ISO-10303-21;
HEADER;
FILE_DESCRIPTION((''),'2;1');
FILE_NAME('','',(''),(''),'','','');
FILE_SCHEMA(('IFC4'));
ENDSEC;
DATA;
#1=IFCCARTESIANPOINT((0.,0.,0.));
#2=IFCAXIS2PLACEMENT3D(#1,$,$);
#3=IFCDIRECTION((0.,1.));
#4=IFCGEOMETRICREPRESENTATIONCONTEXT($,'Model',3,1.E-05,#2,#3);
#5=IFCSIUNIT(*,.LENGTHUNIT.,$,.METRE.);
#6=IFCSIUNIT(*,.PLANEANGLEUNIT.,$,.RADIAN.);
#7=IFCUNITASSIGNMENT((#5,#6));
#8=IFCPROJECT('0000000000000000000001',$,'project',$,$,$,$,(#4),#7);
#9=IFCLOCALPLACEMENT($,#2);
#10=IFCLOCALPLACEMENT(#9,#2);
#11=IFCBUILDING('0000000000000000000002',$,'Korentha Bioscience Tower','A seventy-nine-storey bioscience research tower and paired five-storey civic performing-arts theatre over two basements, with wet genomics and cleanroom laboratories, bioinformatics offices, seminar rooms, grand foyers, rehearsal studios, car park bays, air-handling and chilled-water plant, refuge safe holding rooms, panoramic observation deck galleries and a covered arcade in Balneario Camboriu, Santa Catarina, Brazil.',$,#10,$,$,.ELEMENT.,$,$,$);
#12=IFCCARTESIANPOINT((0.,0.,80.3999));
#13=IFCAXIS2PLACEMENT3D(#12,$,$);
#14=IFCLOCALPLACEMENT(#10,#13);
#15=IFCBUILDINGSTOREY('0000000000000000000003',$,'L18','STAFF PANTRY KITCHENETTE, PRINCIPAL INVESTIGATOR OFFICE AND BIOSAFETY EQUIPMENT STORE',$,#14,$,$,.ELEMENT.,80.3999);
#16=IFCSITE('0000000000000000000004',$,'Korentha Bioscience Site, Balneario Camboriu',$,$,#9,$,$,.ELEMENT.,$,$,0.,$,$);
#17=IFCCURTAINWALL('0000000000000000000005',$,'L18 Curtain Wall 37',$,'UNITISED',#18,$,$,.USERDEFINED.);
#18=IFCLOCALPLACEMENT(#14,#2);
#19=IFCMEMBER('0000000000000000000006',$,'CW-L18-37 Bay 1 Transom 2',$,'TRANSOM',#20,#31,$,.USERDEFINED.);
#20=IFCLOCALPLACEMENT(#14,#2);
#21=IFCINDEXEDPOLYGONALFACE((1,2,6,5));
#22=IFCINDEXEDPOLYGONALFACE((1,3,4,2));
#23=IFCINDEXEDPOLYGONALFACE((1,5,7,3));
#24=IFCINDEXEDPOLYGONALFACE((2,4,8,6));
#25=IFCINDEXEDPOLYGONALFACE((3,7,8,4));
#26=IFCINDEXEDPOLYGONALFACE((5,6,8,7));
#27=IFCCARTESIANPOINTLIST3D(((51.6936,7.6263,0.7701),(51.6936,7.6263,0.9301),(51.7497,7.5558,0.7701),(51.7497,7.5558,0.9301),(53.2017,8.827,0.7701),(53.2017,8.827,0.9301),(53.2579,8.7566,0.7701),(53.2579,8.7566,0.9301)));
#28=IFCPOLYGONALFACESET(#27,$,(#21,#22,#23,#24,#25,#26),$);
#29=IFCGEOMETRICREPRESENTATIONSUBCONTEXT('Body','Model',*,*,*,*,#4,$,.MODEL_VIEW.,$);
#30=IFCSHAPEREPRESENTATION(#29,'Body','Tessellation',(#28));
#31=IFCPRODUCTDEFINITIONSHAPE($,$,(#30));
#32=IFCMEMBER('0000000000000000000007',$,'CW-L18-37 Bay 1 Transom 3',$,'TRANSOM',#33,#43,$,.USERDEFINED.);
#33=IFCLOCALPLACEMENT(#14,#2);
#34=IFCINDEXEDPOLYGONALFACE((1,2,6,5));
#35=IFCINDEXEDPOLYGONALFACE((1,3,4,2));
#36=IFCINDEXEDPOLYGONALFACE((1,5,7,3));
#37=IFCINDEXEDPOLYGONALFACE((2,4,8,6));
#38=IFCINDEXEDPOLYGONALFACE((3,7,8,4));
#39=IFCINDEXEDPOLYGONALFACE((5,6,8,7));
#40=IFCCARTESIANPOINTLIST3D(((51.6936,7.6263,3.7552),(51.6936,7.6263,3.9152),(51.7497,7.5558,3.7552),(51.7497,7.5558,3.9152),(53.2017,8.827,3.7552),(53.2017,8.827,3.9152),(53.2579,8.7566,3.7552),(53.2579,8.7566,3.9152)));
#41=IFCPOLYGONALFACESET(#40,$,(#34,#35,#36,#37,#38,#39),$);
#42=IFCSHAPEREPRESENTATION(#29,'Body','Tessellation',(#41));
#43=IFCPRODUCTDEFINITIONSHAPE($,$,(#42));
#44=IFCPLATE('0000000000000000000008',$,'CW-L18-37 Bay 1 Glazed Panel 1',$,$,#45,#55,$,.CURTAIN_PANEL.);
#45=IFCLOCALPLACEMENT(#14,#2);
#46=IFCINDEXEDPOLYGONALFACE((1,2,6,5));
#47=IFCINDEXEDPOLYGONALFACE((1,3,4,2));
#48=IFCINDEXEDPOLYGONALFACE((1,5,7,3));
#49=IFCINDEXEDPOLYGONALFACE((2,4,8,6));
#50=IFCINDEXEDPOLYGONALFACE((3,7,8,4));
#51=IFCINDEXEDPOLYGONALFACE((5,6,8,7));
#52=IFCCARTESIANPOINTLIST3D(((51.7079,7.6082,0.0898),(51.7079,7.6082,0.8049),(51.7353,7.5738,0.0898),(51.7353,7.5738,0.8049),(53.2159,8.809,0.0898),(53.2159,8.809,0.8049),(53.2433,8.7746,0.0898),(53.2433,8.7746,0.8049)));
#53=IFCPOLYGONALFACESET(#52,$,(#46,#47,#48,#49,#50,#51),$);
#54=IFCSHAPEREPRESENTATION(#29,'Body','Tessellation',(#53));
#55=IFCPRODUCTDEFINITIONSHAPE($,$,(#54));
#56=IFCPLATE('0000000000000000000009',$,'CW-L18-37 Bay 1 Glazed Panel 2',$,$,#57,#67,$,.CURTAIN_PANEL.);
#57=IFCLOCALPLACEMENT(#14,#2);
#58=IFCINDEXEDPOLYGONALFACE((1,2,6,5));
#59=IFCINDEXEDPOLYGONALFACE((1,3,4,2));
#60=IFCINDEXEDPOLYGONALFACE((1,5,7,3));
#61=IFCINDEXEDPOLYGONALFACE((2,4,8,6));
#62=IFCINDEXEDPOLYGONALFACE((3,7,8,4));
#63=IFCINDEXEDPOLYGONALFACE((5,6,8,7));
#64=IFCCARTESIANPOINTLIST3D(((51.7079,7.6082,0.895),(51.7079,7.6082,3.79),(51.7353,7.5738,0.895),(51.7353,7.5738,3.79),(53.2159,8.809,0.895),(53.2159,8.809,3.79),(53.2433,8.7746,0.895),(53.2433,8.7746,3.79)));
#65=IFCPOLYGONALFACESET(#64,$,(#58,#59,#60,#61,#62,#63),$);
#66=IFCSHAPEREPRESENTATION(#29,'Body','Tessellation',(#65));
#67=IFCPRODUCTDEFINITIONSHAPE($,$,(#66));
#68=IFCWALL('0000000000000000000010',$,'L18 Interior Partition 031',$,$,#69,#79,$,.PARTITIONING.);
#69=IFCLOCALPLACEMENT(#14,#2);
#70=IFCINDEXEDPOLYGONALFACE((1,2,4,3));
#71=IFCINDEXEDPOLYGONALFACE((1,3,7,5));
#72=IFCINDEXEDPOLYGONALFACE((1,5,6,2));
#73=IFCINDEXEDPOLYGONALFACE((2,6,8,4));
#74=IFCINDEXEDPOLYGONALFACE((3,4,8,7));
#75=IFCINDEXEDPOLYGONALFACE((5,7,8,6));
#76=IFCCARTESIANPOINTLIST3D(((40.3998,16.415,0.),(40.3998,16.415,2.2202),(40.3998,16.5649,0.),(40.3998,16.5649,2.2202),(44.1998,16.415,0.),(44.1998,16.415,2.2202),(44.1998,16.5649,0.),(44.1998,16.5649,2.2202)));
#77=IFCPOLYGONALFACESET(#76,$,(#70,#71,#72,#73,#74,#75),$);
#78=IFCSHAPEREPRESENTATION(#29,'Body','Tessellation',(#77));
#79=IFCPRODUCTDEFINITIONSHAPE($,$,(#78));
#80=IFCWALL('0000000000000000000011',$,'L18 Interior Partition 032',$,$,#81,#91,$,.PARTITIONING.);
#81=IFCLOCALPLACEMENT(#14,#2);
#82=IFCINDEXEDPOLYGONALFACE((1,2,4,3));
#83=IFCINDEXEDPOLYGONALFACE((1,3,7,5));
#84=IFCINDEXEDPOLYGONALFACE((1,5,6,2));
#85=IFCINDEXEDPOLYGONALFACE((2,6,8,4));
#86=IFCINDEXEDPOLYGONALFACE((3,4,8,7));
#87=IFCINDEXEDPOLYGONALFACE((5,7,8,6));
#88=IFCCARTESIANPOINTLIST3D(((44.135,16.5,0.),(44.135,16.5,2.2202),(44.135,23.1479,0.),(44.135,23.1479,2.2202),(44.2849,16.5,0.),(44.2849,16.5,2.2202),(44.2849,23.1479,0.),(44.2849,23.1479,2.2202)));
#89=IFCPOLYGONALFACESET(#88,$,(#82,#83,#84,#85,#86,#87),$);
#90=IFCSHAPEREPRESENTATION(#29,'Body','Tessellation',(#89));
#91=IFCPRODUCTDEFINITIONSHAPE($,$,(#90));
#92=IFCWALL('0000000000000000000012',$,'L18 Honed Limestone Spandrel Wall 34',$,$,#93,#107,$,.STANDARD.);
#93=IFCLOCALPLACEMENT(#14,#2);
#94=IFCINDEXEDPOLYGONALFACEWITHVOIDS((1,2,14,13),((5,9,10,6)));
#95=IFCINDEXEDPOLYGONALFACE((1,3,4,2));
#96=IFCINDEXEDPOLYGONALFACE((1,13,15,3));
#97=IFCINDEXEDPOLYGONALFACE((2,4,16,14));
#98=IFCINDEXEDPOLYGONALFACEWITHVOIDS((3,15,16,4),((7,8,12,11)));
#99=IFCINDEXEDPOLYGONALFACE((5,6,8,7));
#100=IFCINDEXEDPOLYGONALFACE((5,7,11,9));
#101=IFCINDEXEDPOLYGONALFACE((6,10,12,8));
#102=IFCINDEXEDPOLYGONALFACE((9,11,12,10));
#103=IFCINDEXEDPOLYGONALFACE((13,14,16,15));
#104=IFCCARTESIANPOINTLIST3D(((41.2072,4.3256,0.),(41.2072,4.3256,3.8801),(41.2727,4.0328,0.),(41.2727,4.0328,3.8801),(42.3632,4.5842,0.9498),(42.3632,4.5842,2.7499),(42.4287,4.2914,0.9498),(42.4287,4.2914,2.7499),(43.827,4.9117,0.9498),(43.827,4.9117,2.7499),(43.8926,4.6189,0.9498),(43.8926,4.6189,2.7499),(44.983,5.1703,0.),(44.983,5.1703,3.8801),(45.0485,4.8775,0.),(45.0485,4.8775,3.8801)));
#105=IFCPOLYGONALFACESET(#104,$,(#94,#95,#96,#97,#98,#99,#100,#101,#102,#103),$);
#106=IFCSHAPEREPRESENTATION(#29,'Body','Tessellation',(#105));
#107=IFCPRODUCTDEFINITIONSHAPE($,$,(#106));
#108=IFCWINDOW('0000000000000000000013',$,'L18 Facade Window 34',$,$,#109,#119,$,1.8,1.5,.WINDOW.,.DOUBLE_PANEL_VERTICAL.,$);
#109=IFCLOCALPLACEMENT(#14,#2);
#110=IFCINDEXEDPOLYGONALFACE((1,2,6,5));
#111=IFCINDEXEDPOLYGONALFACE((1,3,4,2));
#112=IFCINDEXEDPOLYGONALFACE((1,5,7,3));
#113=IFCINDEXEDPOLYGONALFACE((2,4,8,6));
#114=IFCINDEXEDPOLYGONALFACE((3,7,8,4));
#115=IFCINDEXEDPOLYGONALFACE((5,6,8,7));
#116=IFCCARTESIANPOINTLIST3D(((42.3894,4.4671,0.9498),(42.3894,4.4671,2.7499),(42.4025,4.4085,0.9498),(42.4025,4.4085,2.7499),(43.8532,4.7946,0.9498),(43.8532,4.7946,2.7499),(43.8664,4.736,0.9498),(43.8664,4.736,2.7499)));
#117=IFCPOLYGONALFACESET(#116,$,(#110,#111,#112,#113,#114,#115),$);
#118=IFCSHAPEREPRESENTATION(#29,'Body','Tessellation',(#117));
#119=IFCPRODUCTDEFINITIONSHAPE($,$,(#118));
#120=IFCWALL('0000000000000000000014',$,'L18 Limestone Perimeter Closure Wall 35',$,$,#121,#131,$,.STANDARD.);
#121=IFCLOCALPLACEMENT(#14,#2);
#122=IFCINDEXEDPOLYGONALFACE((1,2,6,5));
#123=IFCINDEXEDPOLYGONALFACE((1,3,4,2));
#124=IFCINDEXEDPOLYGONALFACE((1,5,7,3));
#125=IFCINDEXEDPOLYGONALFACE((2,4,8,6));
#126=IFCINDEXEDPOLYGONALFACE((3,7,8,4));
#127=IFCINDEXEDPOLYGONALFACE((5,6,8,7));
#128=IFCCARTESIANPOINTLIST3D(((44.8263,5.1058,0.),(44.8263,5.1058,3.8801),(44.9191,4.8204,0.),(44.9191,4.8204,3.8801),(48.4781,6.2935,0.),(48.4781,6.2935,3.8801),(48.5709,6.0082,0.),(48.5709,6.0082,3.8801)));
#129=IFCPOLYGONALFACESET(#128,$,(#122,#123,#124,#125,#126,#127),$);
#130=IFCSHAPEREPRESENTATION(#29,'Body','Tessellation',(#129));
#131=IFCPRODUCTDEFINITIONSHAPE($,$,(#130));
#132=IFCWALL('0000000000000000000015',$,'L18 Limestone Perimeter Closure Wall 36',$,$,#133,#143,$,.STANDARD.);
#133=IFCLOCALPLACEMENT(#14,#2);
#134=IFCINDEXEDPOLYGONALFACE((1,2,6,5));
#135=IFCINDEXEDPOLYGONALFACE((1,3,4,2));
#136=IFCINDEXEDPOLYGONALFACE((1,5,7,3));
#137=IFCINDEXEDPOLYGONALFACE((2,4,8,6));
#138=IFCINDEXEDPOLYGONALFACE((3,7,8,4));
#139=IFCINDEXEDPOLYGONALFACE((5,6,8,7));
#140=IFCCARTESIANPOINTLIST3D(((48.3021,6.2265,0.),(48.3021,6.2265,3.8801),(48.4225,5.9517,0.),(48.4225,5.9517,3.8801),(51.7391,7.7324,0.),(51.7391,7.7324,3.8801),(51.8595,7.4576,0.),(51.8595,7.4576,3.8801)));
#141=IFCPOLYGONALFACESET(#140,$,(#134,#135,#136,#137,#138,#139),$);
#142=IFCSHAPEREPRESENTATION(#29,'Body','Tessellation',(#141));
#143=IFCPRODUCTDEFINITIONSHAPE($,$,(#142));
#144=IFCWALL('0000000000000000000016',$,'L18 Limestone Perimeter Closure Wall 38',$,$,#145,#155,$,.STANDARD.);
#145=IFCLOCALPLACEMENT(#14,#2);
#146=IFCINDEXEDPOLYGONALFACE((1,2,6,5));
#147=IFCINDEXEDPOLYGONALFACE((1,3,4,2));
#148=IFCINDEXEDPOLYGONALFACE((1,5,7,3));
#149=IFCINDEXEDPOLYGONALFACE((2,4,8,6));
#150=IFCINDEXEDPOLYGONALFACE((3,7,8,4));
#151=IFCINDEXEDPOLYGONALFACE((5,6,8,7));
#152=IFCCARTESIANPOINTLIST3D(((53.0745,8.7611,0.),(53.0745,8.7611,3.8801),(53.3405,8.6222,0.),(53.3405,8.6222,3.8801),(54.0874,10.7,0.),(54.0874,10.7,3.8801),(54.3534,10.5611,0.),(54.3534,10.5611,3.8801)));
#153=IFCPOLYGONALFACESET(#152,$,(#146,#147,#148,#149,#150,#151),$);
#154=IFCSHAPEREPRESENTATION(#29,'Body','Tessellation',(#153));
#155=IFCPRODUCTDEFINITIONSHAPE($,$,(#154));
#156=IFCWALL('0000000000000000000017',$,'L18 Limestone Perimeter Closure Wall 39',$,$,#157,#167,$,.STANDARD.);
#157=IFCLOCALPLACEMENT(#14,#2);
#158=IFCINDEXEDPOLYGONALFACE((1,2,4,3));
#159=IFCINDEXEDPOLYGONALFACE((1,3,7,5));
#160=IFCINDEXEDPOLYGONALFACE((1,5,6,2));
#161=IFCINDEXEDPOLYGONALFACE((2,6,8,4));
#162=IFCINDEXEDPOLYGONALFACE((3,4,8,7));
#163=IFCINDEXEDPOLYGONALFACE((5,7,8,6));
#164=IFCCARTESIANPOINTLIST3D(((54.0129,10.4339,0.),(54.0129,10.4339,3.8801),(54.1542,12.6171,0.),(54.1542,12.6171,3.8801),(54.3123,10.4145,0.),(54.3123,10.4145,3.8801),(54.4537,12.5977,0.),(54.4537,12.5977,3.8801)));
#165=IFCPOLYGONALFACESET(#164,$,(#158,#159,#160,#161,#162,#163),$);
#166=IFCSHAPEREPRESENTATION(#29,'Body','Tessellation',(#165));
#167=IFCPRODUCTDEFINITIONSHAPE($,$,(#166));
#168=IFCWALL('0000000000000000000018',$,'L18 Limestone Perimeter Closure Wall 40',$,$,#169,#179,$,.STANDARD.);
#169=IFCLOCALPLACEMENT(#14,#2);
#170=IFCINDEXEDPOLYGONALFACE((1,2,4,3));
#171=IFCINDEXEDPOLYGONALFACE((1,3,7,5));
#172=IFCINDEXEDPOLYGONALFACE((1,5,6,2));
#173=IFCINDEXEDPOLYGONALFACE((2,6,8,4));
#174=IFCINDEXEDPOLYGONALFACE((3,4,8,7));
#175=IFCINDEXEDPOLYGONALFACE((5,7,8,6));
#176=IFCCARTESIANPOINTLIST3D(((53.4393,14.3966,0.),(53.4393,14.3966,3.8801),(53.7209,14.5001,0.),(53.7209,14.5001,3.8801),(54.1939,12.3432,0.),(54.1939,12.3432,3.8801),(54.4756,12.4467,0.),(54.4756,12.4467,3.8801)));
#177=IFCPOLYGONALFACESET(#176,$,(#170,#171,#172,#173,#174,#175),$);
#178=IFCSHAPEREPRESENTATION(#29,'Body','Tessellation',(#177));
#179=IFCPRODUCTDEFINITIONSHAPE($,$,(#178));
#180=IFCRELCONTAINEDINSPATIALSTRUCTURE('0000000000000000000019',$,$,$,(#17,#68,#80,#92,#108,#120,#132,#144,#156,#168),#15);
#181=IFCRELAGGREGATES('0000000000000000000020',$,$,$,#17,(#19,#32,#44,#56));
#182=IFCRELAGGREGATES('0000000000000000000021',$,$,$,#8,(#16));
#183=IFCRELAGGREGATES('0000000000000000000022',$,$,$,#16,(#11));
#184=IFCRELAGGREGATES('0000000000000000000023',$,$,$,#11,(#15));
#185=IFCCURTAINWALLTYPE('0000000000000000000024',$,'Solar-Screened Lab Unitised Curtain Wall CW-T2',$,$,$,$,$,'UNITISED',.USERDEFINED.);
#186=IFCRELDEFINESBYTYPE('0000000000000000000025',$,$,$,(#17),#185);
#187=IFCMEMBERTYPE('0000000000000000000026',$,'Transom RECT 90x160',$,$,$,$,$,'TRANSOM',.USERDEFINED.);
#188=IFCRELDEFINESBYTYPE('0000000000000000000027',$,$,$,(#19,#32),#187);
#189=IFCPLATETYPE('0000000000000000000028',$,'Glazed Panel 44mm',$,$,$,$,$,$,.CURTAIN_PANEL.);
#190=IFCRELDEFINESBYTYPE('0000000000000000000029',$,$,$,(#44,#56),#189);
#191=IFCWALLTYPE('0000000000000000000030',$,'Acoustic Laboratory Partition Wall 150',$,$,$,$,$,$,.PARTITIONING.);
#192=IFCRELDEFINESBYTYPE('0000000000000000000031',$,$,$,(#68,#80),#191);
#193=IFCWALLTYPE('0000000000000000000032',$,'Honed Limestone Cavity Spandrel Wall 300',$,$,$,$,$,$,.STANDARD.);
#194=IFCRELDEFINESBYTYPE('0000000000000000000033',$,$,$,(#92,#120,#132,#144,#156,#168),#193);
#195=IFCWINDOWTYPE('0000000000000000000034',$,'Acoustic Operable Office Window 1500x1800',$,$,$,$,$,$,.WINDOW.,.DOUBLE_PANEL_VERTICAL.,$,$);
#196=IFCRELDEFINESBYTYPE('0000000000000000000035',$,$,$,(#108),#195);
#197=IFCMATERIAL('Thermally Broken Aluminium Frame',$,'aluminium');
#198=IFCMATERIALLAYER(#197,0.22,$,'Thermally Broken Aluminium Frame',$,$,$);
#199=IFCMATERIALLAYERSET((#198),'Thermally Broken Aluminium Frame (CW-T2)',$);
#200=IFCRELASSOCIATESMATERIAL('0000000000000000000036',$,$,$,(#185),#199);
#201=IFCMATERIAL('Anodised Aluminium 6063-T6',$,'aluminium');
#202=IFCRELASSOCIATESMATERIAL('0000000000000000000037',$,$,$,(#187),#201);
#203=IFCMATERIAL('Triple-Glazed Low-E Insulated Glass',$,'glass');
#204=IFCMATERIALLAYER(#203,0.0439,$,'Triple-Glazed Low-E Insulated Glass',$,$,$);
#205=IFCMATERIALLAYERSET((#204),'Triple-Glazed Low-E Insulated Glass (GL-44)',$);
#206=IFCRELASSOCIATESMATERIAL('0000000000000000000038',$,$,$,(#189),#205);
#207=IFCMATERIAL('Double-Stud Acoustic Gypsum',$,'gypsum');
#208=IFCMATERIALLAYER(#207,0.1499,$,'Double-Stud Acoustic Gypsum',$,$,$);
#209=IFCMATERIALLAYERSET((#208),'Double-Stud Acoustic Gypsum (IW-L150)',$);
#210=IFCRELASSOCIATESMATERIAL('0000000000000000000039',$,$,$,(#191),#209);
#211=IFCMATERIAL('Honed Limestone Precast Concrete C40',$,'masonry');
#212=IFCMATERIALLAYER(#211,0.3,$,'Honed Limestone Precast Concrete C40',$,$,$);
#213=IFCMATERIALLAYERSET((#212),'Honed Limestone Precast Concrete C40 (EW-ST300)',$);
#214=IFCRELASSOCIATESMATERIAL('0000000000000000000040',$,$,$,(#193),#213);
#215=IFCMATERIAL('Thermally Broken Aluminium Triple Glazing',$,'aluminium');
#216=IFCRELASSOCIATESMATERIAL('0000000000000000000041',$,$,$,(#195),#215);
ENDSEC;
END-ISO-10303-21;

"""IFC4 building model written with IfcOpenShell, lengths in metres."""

from ifc_helpers import new_model, si_unit, direction, frame, frame_2d, origin, origin_2d, place, context, subcontext, project, spatial, rectangle, extrude, material, layer, layer_set, material_profile, profile_set, type_object, element, fill, aggregate, save


model = new_model("IFC4")

# Units and contexts
model_context = context("Model", 3, precision=1e-05, world=origin(), true_north=direction((0.0, 1.0)))
body_context = subcontext(model_context, "Body", "Model", "MODEL_VIEW")
ifc_project = project(units=[si_unit("LENGTHUNIT", "METRE"), si_unit("PLANEANGLEUNIT", "RADIAN")], contexts=[model_context])

# Site, building, storey
site_placement = place(None, origin())
site = spatial("IfcSite", under=ifc_project, at=site_placement, Name="Korentha Bioscience Site, Balneario Camboriu", CompositionType="ELEMENT", RefElevation=0.0)
building_placement = place(site_placement, origin())
building = spatial("IfcBuilding", under=site, at=building_placement, Name="Korentha Bioscience Tower", Description="A seventy-nine-storey bioscience research tower and paired five-storey civic performing-arts theatre over two basements, with wet genomics and cleanroom laboratories, bioinformatics offices, seminar rooms, grand foyers, rehearsal studios, car park bays, air-handling and chilled-water plant, refuge safe holding rooms, panoramic observation deck galleries and a covered arcade in Balneario Camboriu, Santa Catarina, Brazil.", CompositionType="ELEMENT")
storey_placement = place(building_placement, frame((0.0, 0.0, 80.3999)))
storey = spatial("IfcBuildingStorey", under=building, at=storey_placement, Name="L18", Description="STAFF PANTRY KITCHENETTE, PRINCIPAL INVESTIGATOR OFFICE AND BIOSAFETY EQUIPMENT STORE", CompositionType="ELEMENT", Elevation=80.3999)

# Curtain wall
ifc_material_1 = material(Name="Thermally Broken Aluminium Frame", Category="aluminium")
ifc_layer_1 = layer(ifc_material_1, 0.22, Name="Thermally Broken Aluminium Frame")
ifc_layer_set_1 = layer_set([ifc_layer_1], Name="Thermally Broken Aluminium Frame (CW-T2)")
curtain_wall_type = type_object("IfcCurtainWallType", Name="Solar-Screened Lab Unitised Curtain Wall CW-T2", ElementType="UNITISED", PredefinedType="USERDEFINED", material=ifc_layer_set_1)
curtain_wall_1_placement = place(storey_placement, origin())
curtain_wall_1 = element("IfcCurtainWall", 1, at=curtain_wall_1_placement, inside=storey, type_object=curtain_wall_type, Name="L18 Curtain Wall 37", ObjectType="UNITISED", PredefinedType="USERDEFINED")
ifc_material_2 = material(Name="Anodised Aluminium 6063-T6", Category="aluminium")

# Members
ifc_material_profile_1 = material_profile(ifc_material_2, rectangle(XDim=0.0901, YDim=0.1599, at=origin_2d()), Name="Anodised Aluminium 6063-T6")
ifc_profile_set_1 = profile_set([ifc_material_profile_1], Name="Anodised Aluminium 6063-T6 (CW-TRN)")
member_type_1 = type_object("IfcMemberType", Name="Transom RECT 90x160", ElementType="TRANSOM", PredefinedType="USERDEFINED", material=ifc_profile_set_1)
member_1_placement = place(storey_placement, frame((51.7217, 7.5911, 0.8501), z_axis=(0.782325, 0.622871, 0.0), x_axis=(-0.622871, 0.782325, 0.0)))
member_1 = element("IfcMember", 2, at=member_1_placement, type_object=member_type_1, Name="CW-L18-37 Bay 1 Transom 2", ObjectType="TRANSOM", PredefinedType="USERDEFINED", context=body_context, shape_type="SweptSolid", body=[
    extrude(rectangle(XDim=0.0901, YDim=0.1599, at=origin_2d()), origin(), (0.0, 0.0, 1.0), 1.9277),
])
member_2_placement = place(storey_placement, frame((51.7217, 7.5911, 3.8352), z_axis=(0.782325, 0.622871, 0.0), x_axis=(-0.622871, 0.782325, 0.0)))
member_2 = element("IfcMember", 3, at=member_2_placement, type_object=member_type_1, Name="CW-L18-37 Bay 1 Transom 3", ObjectType="TRANSOM", PredefinedType="USERDEFINED", context=body_context, shape_type="SweptSolid", body=[
    extrude(rectangle(XDim=0.0901, YDim=0.1599, at=origin_2d()), origin(), (0.0, 0.0, 1.0), 1.9277),
])

# Plates
ifc_material_3 = material(Name="Triple-Glazed Low-E Insulated Glass", Category="glass")
ifc_layer_2 = layer(ifc_material_3, 0.0439, Name="Triple-Glazed Low-E Insulated Glass")
ifc_layer_set_2 = layer_set([ifc_layer_2], Name="Triple-Glazed Low-E Insulated Glass (GL-44)")
plate_type = type_object("IfcPlateType", Name="Glazed Panel 44mm", PredefinedType="CURTAIN_PANEL", material=ifc_layer_set_2)
plate_1_placement = place(storey_placement, frame((52.4756, 8.1914, 0.0898), z_axis=(0.0, 0.0, 1.0), x_axis=(0.782288, 0.622917, 0.0)))
plate_1 = element("IfcPlate", 4, at=plate_1_placement, type_object=plate_type, Name="CW-L18-37 Bay 1 Glazed Panel 1", PredefinedType="CURTAIN_PANEL", context=body_context, shape_type="SweptSolid", body=[
    extrude(rectangle(XDim=1.9277, YDim=0.0439, at=origin_2d()), origin(), (0.0, 0.0, 1.0), 0.7151),
])
plate_2_placement = place(storey_placement, frame((52.4756, 8.1914, 0.895), z_axis=(0.0, 0.0, 1.0), x_axis=(0.782288, 0.622917, 0.0)))
plate_2 = element("IfcPlate", 5, at=plate_2_placement, type_object=plate_type, Name="CW-L18-37 Bay 1 Glazed Panel 2", PredefinedType="CURTAIN_PANEL", context=body_context, shape_type="SweptSolid", body=[
    extrude(rectangle(XDim=1.9277, YDim=0.0439, at=origin_2d()), origin(), (0.0, 0.0, 1.0), 2.895),
])
aggregate(curtain_wall_1, [member_1, member_2, plate_1, plate_2])

# Walls
ifc_material_4 = material(Name="Double-Stud Acoustic Gypsum", Category="gypsum")
ifc_layer_3 = layer(ifc_material_4, 0.1499, Name="Double-Stud Acoustic Gypsum")
ifc_layer_set_3 = layer_set([ifc_layer_3], Name="Double-Stud Acoustic Gypsum (IW-L150)")
wall_type_1 = type_object("IfcWallType", Name="Acoustic Laboratory Partition Wall 150", PredefinedType="PARTITIONING", material=ifc_layer_set_3)
wall_1_placement = place(storey_placement, frame((40.3999, 16.49, 0.0), z_axis=(0.0, 0.0, 1.0), x_axis=(1.0, 0.0, 0.0)))
element("IfcWall", 6, at=wall_1_placement, inside=storey, type_object=wall_type_1, Name="L18 Interior Partition 031", PredefinedType="PARTITIONING", context=body_context, shape_type="SweptSolid", body=[
    extrude(rectangle(XDim=3.8, YDim=0.1499, at=frame_2d((1.8999, 0.0))), origin(), (0.0, 0.0, 1.0), 2.2202),
])
wall_2_placement = place(storey_placement, frame((44.21, 16.5, 0.0), z_axis=(0.0, 0.0, 1.0), x_axis=(0.0, 1.0, 0.0)))
element("IfcWall", 7, at=wall_2_placement, inside=storey, type_object=wall_type_1, Name="L18 Interior Partition 032", PredefinedType="PARTITIONING", context=body_context, shape_type="SweptSolid", body=[
    extrude(rectangle(XDim=6.6479, YDim=0.1499, at=frame_2d((3.324, 0.0))), origin(), (0.0, 0.0, 1.0), 2.2202),
])

# Wall, opening, window
ifc_material_5 = material(Name="Honed Limestone Precast Concrete C40", Category="masonry")
ifc_layer_4 = layer(ifc_material_5, 0.3, Name="Honed Limestone Precast Concrete C40")
ifc_layer_set_4 = layer_set([ifc_layer_4], Name="Honed Limestone Precast Concrete C40 (EW-ST300)")
wall_type_2 = type_object("IfcWallType", Name="Honed Limestone Cavity Spandrel Wall 300", PredefinedType="STANDARD", material=ifc_layer_set_4)
wall_3_placement = place(storey_placement, frame((41.24, 4.1792, 0.0), z_axis=(0.0, 0.0, 1.0), x_axis=(0.975877, 0.21832, 0.0)))
wall_3 = element("IfcWall", 8, at=wall_3_placement, inside=storey, type_object=wall_type_2, Name="L18 Honed Limestone Spandrel Wall 34", PredefinedType="STANDARD", context=body_context, shape_type="SweptSolid", body=[
    extrude(rectangle(XDim=3.8691, YDim=0.3, at=frame_2d((1.9346, 0.0))), origin(), (0.0, 0.0, 1.0), 3.8801),
])
opening_placement = place(wall_3_placement, frame((1.1846, 0.0, 0.95)))
opening = element("IfcOpeningElement", 9, at=opening_placement, cuts=wall_3, PredefinedType="OPENING", context=body_context, shape_type="SweptSolid", body=[
    extrude(rectangle(XDim=1.5, YDim=1.8, at=frame_2d((0.75, 0.8999))), frame((0.0, 0.165, 0.0), z_axis=(0.0, -1.0, 0.0), x_axis=(1.0, 0.0, 0.0)), (0.0, 0.0, 1.0), 0.3298),
])
ifc_material_6 = material(Name="Thermally Broken Aluminium Triple Glazing", Category="aluminium")
window_type = type_object("IfcWindowType", Name="Acoustic Operable Office Window 1500x1800", PartitioningType="DOUBLE_PANEL_VERTICAL", PredefinedType="WINDOW", material=ifc_material_6)
window_placement = place(opening_placement, origin())
window = element("IfcWindow", 10, at=window_placement, inside=storey, type_object=window_type, Name="L18 Facade Window 34", OverallHeight=1.8, OverallWidth=1.5, PartitioningType="DOUBLE_PANEL_VERTICAL", PredefinedType="WINDOW", context=body_context, shape_type="SweptSolid", body=[
    extrude(rectangle(XDim=1.5, YDim=1.8, at=frame_2d((0.75, 0.8999))), frame((0.0, 0.03, 0.0), z_axis=(0.0, -1.0, 0.0), x_axis=(1.0, 0.0, 0.0)), (0.0, 0.0, 1.0), 0.0601),
])
fill(opening, window)

# Walls
wall_4_placement = place(storey_placement, frame((44.8728, 4.9631, 0.0), z_axis=(0.0, 0.0, 1.0), x_axis=(0.950966, 0.309296, 0.0)))
element("IfcWall", 11, at=wall_4_placement, inside=storey, type_object=wall_type_2, Name="L18 Limestone Perimeter Closure Wall 35", PredefinedType="STANDARD", context=body_context, shape_type="SweptSolid", body=[
    extrude(rectangle(XDim=3.8401, YDim=0.3, at=frame_2d((1.9199, 0.0))), origin(), (0.0, 0.0, 1.0), 3.8801),
])
wall_5_placement = place(storey_placement, frame((48.3623, 6.0891, 0.0), z_axis=(0.0, 0.0, 1.0), x_axis=(0.915945, 0.401303, 0.0)))
element("IfcWall", 12, at=wall_5_placement, inside=storey, type_object=wall_type_2, Name="L18 Limestone Perimeter Closure Wall 36", PredefinedType="STANDARD", context=body_context, shape_type="SweptSolid", body=[
    extrude(rectangle(XDim=3.7524, YDim=0.3, at=frame_2d((1.8762, 0.0))), origin(), (0.0, 0.0, 1.0), 3.8801),
])
wall_6_placement = place(storey_placement, frame((53.2075, 8.6917, 0.0), z_axis=(0.0, 0.0, 1.0), x_axis=(0.463035, 0.88634, 0.0)))
element("IfcWall", 13, at=wall_6_placement, inside=storey, type_object=wall_type_2, Name="L18 Limestone Perimeter Closure Wall 38", PredefinedType="STANDARD", context=body_context, shape_type="SweptSolid", body=[
    extrude(rectangle(XDim=2.1875, YDim=0.3, at=frame_2d((1.0938, 0.0))), origin(), (0.0, 0.0, 1.0), 3.8801),
])
for number, where, z_axis, x_axis, name in (
    (14, (54.1626, 10.4243, 0.0), (0.0, 0.0, 1.0), (0.064615, 0.99791, 0.0), "L18 Limestone Perimeter Closure Wall 39"),
    (15, (54.3347, 12.395, 0.0), (0.0, 0.0, 1.0), (-0.34494, 0.938625, 0.0), "L18 Limestone Perimeter Closure Wall 40"),
):
    element("IfcWall", number, at=place(storey_placement, frame(where, z_axis=z_axis, x_axis=x_axis)), inside=storey, type_object=wall_type_2, Name=name, PredefinedType="STANDARD", context=body_context, shape_type="SweptSolid", body=[
        extrude(rectangle(XDim=2.1877, YDim=0.3, at=frame_2d((1.0938, 0.0))), origin(), (0.0, 0.0, 1.0), 3.8801),
    ])

save(model, "model.ifc")
